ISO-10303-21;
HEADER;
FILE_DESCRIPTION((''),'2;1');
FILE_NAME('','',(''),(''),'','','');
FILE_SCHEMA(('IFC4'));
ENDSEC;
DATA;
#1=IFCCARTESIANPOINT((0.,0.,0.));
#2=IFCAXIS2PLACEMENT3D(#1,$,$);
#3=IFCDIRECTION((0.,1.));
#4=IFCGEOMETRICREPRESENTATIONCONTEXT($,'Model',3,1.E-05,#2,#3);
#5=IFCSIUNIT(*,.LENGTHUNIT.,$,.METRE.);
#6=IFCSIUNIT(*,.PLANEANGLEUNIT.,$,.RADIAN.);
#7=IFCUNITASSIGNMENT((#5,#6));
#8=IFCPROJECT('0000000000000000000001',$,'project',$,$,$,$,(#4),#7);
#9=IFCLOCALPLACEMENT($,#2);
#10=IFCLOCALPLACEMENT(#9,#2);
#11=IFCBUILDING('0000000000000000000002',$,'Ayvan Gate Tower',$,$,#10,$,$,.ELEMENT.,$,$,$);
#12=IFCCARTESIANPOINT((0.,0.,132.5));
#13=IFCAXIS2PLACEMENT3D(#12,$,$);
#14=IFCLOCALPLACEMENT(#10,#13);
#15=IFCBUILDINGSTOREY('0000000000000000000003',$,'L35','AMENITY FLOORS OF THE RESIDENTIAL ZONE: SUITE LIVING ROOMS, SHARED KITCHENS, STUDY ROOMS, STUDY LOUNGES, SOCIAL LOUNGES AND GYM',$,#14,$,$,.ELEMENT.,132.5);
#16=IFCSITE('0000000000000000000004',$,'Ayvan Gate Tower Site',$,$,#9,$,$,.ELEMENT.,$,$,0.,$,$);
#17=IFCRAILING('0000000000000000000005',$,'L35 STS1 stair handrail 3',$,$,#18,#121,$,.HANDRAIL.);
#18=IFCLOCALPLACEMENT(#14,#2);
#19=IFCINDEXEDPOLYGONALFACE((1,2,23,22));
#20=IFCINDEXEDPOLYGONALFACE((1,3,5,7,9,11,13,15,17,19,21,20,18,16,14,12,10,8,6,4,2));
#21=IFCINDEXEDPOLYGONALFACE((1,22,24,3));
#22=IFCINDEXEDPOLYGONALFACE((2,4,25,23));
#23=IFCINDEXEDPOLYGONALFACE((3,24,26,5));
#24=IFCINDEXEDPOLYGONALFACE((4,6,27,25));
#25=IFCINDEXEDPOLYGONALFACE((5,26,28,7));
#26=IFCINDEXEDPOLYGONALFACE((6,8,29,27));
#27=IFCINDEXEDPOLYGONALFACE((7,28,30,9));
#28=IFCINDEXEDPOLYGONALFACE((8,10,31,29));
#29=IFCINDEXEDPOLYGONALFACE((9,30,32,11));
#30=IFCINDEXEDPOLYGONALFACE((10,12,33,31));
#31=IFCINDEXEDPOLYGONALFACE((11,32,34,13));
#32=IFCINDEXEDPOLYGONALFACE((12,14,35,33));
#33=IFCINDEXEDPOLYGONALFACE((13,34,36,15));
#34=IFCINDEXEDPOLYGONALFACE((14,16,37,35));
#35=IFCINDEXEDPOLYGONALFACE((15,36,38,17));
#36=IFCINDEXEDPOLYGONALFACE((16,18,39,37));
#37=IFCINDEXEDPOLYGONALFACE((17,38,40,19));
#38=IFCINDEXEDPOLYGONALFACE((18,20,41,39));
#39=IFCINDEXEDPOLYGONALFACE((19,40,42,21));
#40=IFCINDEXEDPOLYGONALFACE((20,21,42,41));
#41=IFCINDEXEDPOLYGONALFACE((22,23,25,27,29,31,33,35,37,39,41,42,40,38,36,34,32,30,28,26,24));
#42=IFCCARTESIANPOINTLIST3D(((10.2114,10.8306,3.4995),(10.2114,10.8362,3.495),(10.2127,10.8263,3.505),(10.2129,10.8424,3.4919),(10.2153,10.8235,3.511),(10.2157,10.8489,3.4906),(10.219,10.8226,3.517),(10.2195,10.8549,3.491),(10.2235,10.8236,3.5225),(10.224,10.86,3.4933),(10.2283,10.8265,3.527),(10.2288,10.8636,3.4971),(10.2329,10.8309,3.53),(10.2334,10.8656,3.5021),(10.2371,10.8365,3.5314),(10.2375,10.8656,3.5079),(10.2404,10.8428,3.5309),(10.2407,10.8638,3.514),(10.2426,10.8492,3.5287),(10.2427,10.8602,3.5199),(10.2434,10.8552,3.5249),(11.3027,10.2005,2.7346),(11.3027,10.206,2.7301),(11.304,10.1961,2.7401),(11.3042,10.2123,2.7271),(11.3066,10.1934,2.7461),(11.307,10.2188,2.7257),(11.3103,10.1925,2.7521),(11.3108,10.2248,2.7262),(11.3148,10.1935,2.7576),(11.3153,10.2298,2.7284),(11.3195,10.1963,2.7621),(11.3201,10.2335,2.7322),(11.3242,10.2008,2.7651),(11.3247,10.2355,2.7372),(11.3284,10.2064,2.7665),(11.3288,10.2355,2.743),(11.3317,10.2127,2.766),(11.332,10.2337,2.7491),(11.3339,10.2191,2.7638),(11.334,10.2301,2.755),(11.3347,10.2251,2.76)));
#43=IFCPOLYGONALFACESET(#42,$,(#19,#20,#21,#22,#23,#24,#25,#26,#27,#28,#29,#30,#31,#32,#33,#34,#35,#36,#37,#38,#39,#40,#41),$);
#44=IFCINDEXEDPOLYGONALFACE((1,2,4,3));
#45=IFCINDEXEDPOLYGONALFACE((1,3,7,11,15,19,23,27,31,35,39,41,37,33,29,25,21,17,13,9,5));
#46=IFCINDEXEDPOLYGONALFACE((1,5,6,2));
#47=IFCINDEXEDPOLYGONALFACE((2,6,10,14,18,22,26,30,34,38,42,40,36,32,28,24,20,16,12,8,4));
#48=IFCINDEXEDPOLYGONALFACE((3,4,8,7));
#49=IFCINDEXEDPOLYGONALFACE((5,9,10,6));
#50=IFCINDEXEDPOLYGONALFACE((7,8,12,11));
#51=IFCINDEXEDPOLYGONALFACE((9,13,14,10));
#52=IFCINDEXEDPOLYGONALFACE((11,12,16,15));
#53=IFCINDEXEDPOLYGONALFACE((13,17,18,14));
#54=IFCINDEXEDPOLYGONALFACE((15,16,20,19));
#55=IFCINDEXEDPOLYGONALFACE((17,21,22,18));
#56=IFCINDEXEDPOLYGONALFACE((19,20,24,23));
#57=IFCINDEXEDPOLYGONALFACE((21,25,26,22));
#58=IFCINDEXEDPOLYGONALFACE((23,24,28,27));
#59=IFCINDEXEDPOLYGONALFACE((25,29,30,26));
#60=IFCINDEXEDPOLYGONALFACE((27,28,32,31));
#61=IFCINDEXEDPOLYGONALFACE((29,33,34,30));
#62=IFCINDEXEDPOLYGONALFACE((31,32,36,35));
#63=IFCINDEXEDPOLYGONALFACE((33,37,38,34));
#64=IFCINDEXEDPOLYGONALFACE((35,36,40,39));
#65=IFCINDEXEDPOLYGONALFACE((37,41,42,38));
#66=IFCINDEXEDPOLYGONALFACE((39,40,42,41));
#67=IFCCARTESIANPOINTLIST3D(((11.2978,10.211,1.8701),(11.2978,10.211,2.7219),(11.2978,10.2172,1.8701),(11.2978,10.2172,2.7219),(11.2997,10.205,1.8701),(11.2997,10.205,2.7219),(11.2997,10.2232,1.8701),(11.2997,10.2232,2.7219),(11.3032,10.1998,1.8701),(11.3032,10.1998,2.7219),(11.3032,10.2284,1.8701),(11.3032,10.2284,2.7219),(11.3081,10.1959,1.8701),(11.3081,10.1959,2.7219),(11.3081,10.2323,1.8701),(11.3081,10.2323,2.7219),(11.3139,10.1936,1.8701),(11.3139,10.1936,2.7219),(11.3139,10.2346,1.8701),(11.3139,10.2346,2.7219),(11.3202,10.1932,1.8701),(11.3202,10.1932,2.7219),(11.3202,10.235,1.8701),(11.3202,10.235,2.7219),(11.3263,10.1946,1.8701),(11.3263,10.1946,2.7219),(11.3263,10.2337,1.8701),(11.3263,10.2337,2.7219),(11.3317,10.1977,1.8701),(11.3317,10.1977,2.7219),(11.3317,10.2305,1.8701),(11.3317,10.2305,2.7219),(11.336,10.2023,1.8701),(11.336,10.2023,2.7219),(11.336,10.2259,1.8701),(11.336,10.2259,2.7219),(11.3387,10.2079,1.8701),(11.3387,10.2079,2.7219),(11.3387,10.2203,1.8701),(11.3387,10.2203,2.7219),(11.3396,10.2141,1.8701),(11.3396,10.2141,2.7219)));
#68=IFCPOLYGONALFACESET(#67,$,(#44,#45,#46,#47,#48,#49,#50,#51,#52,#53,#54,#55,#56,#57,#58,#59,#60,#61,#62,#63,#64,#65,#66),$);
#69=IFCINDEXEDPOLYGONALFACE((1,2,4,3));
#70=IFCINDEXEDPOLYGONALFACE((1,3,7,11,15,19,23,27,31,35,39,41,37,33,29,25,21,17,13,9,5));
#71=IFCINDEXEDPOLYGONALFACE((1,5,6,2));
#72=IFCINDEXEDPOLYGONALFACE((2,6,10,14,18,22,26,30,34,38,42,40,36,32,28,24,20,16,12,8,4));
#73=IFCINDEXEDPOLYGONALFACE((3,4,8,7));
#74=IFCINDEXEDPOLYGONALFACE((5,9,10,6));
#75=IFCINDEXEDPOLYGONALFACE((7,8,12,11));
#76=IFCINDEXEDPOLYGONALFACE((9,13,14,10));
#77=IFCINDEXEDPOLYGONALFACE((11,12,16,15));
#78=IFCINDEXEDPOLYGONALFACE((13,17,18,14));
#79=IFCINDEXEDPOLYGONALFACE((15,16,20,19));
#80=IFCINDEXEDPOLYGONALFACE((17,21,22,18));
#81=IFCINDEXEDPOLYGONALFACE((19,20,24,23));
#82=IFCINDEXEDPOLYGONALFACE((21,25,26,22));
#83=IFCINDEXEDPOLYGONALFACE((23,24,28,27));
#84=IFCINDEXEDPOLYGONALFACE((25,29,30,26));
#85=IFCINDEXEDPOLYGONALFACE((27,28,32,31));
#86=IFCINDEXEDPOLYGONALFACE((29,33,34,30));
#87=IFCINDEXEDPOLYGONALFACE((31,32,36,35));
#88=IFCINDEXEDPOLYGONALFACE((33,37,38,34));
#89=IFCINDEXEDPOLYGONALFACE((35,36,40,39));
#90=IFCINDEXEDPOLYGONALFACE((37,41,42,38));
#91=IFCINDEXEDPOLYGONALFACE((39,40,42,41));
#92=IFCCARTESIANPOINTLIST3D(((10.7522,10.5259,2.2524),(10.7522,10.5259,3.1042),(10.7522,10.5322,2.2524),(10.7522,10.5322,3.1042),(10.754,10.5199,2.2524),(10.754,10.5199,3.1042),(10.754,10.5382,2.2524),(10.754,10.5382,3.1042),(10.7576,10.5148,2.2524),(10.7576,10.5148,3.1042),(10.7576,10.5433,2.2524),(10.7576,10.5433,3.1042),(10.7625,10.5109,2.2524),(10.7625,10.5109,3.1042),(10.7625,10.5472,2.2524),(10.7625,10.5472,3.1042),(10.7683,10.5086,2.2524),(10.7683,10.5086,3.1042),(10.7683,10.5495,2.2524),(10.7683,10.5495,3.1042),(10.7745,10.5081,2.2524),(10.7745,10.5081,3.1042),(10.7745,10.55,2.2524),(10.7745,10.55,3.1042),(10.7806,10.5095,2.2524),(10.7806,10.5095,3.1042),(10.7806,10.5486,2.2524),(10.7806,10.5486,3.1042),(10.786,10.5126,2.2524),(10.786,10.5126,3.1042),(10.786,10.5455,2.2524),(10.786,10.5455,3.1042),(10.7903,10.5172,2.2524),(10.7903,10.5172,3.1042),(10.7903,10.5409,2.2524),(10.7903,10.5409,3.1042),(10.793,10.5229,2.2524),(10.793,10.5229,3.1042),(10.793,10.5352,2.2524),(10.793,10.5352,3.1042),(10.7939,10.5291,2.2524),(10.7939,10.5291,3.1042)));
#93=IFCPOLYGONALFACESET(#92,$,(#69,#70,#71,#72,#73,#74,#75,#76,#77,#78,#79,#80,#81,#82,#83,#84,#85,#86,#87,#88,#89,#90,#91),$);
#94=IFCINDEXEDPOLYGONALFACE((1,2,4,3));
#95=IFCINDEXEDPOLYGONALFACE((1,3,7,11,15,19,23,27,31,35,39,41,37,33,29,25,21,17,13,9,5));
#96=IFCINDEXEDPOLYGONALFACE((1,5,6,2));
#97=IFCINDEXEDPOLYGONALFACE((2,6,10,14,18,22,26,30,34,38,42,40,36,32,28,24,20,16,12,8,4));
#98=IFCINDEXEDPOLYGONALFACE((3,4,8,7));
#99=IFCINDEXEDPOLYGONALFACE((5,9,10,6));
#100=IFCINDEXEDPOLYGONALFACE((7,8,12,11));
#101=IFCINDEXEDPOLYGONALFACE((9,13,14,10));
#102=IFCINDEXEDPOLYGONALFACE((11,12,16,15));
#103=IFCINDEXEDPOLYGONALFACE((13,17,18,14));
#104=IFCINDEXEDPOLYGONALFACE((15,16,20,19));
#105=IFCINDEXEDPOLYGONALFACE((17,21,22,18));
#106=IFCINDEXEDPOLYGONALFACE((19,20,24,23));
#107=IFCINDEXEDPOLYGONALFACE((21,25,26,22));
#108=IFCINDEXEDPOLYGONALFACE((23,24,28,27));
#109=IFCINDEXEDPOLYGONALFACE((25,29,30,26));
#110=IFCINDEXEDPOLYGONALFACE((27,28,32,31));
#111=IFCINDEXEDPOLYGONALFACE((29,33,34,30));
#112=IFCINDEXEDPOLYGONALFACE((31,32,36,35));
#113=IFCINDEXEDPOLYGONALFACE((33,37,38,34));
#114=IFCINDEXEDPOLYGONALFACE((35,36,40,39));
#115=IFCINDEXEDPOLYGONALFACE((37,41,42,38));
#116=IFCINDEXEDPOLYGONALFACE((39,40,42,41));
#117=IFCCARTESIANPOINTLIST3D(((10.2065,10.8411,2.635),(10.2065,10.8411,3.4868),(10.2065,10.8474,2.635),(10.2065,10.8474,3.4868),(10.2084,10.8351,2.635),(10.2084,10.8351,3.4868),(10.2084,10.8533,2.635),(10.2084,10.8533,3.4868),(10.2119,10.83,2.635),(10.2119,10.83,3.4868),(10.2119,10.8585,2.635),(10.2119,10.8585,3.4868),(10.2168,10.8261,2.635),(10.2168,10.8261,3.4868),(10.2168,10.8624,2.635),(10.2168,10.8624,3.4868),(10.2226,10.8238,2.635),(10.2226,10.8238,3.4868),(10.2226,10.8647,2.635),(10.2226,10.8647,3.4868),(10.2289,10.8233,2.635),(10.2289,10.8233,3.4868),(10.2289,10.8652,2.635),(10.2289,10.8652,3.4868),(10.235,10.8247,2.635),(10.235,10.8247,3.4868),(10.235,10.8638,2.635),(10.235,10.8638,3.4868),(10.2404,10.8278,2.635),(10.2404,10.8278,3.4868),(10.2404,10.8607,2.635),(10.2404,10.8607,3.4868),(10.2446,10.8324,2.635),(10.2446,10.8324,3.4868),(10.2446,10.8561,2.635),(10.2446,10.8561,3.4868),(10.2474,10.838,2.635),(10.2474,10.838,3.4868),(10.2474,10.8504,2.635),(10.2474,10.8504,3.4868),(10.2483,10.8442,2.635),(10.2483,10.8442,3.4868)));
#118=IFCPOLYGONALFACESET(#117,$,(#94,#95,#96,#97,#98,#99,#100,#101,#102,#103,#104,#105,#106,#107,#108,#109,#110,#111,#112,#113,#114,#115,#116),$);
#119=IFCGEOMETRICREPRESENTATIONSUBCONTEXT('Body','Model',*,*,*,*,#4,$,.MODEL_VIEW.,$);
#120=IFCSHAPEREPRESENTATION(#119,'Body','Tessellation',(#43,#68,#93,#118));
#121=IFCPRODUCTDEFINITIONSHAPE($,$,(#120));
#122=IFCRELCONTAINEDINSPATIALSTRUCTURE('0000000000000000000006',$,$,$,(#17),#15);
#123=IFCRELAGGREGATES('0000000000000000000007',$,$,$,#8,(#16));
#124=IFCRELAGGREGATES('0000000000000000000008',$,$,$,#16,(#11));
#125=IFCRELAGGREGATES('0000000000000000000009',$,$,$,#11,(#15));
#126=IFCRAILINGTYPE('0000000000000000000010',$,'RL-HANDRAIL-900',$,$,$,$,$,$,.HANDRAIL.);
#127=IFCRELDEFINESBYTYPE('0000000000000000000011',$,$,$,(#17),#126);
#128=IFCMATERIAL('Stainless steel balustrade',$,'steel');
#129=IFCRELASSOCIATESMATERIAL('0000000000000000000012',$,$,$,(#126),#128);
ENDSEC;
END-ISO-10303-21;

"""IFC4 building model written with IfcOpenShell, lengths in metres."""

from ifc_helpers import new_model, si_unit, direction, frame, origin, origin_2d, place, context, subcontext, project, spatial, circle, extrude, material, type_object, element, save


model = new_model("IFC4")

# Units and contexts
model_context = context("Model", 3, precision=1e-05, world=origin(), true_north=direction((0.0, 1.0)))
body_context = subcontext(model_context, "Body", "Model", "MODEL_VIEW")
ifc_project = project(units=[si_unit("LENGTHUNIT", "METRE"), si_unit("PLANEANGLEUNIT", "RADIAN")], contexts=[model_context])

# Site, building, storey
site_placement = place(None, origin())
site = spatial("IfcSite", under=ifc_project, at=site_placement, Name="Ayvan Gate Tower Site", CompositionType="ELEMENT", RefElevation=0.0)
building_placement = place(site_placement, origin())
building = spatial("IfcBuilding", under=site, at=building_placement, Name="Ayvan Gate Tower", CompositionType="ELEMENT")
storey_placement = place(building_placement, frame((0.0, 0.0, 132.5)))
storey = spatial("IfcBuildingStorey", under=building, at=storey_placement, Name="L35", Description="AMENITY FLOORS OF THE RESIDENTIAL ZONE: SUITE LIVING ROOMS, SHARED KITCHENS, STUDY ROOMS, STUDY LOUNGES, SOCIAL LOUNGES AND GYM", CompositionType="ELEMENT", Elevation=132.5)

# Railing
ifc_material_1 = material(Name="Stainless steel balustrade", Category="steel")
railing_type_1 = type_object("IfcRailingType", Name="RL-HANDRAIL-900", PredefinedType="HANDRAIL", material=ifc_material_1)
railing_1_placement = place(storey_placement, frame((11.3186, 10.2141, 1.8701)))
element("IfcRailing", 1, at=railing_1_placement, inside=storey, type_object=railing_type_1, Name="L35 STS1 stair handrail 3", PredefinedType="HANDRAIL", context=body_context, shape_type="SweptSolid", body=[
    extrude(circle(Radius=0.0239, at=origin_2d()), frame((0.0, 0.0, 0.876), z_axis=(-0.740304, 0.427455, 0.518875), x_axis=(-0.500035, -0.866005, 0.0)), (0.0, 0.0, 1.0), 1.4741),
    extrude(circle(Radius=0.021, at=origin_2d()), origin(), (0.0, 0.0, 1.0), 0.8518),
    extrude(circle(Radius=0.021, at=origin_2d()), frame((-0.5457, 0.3149, 0.3823)), (0.0, 0.0, 1.0), 0.8518),
    extrude(circle(Radius=0.021, at=origin_2d()), frame((-1.0913, 0.6301, 0.7649)), (0.0, 0.0, 1.0), 0.8518),
])

save(model, "model.ifc")
